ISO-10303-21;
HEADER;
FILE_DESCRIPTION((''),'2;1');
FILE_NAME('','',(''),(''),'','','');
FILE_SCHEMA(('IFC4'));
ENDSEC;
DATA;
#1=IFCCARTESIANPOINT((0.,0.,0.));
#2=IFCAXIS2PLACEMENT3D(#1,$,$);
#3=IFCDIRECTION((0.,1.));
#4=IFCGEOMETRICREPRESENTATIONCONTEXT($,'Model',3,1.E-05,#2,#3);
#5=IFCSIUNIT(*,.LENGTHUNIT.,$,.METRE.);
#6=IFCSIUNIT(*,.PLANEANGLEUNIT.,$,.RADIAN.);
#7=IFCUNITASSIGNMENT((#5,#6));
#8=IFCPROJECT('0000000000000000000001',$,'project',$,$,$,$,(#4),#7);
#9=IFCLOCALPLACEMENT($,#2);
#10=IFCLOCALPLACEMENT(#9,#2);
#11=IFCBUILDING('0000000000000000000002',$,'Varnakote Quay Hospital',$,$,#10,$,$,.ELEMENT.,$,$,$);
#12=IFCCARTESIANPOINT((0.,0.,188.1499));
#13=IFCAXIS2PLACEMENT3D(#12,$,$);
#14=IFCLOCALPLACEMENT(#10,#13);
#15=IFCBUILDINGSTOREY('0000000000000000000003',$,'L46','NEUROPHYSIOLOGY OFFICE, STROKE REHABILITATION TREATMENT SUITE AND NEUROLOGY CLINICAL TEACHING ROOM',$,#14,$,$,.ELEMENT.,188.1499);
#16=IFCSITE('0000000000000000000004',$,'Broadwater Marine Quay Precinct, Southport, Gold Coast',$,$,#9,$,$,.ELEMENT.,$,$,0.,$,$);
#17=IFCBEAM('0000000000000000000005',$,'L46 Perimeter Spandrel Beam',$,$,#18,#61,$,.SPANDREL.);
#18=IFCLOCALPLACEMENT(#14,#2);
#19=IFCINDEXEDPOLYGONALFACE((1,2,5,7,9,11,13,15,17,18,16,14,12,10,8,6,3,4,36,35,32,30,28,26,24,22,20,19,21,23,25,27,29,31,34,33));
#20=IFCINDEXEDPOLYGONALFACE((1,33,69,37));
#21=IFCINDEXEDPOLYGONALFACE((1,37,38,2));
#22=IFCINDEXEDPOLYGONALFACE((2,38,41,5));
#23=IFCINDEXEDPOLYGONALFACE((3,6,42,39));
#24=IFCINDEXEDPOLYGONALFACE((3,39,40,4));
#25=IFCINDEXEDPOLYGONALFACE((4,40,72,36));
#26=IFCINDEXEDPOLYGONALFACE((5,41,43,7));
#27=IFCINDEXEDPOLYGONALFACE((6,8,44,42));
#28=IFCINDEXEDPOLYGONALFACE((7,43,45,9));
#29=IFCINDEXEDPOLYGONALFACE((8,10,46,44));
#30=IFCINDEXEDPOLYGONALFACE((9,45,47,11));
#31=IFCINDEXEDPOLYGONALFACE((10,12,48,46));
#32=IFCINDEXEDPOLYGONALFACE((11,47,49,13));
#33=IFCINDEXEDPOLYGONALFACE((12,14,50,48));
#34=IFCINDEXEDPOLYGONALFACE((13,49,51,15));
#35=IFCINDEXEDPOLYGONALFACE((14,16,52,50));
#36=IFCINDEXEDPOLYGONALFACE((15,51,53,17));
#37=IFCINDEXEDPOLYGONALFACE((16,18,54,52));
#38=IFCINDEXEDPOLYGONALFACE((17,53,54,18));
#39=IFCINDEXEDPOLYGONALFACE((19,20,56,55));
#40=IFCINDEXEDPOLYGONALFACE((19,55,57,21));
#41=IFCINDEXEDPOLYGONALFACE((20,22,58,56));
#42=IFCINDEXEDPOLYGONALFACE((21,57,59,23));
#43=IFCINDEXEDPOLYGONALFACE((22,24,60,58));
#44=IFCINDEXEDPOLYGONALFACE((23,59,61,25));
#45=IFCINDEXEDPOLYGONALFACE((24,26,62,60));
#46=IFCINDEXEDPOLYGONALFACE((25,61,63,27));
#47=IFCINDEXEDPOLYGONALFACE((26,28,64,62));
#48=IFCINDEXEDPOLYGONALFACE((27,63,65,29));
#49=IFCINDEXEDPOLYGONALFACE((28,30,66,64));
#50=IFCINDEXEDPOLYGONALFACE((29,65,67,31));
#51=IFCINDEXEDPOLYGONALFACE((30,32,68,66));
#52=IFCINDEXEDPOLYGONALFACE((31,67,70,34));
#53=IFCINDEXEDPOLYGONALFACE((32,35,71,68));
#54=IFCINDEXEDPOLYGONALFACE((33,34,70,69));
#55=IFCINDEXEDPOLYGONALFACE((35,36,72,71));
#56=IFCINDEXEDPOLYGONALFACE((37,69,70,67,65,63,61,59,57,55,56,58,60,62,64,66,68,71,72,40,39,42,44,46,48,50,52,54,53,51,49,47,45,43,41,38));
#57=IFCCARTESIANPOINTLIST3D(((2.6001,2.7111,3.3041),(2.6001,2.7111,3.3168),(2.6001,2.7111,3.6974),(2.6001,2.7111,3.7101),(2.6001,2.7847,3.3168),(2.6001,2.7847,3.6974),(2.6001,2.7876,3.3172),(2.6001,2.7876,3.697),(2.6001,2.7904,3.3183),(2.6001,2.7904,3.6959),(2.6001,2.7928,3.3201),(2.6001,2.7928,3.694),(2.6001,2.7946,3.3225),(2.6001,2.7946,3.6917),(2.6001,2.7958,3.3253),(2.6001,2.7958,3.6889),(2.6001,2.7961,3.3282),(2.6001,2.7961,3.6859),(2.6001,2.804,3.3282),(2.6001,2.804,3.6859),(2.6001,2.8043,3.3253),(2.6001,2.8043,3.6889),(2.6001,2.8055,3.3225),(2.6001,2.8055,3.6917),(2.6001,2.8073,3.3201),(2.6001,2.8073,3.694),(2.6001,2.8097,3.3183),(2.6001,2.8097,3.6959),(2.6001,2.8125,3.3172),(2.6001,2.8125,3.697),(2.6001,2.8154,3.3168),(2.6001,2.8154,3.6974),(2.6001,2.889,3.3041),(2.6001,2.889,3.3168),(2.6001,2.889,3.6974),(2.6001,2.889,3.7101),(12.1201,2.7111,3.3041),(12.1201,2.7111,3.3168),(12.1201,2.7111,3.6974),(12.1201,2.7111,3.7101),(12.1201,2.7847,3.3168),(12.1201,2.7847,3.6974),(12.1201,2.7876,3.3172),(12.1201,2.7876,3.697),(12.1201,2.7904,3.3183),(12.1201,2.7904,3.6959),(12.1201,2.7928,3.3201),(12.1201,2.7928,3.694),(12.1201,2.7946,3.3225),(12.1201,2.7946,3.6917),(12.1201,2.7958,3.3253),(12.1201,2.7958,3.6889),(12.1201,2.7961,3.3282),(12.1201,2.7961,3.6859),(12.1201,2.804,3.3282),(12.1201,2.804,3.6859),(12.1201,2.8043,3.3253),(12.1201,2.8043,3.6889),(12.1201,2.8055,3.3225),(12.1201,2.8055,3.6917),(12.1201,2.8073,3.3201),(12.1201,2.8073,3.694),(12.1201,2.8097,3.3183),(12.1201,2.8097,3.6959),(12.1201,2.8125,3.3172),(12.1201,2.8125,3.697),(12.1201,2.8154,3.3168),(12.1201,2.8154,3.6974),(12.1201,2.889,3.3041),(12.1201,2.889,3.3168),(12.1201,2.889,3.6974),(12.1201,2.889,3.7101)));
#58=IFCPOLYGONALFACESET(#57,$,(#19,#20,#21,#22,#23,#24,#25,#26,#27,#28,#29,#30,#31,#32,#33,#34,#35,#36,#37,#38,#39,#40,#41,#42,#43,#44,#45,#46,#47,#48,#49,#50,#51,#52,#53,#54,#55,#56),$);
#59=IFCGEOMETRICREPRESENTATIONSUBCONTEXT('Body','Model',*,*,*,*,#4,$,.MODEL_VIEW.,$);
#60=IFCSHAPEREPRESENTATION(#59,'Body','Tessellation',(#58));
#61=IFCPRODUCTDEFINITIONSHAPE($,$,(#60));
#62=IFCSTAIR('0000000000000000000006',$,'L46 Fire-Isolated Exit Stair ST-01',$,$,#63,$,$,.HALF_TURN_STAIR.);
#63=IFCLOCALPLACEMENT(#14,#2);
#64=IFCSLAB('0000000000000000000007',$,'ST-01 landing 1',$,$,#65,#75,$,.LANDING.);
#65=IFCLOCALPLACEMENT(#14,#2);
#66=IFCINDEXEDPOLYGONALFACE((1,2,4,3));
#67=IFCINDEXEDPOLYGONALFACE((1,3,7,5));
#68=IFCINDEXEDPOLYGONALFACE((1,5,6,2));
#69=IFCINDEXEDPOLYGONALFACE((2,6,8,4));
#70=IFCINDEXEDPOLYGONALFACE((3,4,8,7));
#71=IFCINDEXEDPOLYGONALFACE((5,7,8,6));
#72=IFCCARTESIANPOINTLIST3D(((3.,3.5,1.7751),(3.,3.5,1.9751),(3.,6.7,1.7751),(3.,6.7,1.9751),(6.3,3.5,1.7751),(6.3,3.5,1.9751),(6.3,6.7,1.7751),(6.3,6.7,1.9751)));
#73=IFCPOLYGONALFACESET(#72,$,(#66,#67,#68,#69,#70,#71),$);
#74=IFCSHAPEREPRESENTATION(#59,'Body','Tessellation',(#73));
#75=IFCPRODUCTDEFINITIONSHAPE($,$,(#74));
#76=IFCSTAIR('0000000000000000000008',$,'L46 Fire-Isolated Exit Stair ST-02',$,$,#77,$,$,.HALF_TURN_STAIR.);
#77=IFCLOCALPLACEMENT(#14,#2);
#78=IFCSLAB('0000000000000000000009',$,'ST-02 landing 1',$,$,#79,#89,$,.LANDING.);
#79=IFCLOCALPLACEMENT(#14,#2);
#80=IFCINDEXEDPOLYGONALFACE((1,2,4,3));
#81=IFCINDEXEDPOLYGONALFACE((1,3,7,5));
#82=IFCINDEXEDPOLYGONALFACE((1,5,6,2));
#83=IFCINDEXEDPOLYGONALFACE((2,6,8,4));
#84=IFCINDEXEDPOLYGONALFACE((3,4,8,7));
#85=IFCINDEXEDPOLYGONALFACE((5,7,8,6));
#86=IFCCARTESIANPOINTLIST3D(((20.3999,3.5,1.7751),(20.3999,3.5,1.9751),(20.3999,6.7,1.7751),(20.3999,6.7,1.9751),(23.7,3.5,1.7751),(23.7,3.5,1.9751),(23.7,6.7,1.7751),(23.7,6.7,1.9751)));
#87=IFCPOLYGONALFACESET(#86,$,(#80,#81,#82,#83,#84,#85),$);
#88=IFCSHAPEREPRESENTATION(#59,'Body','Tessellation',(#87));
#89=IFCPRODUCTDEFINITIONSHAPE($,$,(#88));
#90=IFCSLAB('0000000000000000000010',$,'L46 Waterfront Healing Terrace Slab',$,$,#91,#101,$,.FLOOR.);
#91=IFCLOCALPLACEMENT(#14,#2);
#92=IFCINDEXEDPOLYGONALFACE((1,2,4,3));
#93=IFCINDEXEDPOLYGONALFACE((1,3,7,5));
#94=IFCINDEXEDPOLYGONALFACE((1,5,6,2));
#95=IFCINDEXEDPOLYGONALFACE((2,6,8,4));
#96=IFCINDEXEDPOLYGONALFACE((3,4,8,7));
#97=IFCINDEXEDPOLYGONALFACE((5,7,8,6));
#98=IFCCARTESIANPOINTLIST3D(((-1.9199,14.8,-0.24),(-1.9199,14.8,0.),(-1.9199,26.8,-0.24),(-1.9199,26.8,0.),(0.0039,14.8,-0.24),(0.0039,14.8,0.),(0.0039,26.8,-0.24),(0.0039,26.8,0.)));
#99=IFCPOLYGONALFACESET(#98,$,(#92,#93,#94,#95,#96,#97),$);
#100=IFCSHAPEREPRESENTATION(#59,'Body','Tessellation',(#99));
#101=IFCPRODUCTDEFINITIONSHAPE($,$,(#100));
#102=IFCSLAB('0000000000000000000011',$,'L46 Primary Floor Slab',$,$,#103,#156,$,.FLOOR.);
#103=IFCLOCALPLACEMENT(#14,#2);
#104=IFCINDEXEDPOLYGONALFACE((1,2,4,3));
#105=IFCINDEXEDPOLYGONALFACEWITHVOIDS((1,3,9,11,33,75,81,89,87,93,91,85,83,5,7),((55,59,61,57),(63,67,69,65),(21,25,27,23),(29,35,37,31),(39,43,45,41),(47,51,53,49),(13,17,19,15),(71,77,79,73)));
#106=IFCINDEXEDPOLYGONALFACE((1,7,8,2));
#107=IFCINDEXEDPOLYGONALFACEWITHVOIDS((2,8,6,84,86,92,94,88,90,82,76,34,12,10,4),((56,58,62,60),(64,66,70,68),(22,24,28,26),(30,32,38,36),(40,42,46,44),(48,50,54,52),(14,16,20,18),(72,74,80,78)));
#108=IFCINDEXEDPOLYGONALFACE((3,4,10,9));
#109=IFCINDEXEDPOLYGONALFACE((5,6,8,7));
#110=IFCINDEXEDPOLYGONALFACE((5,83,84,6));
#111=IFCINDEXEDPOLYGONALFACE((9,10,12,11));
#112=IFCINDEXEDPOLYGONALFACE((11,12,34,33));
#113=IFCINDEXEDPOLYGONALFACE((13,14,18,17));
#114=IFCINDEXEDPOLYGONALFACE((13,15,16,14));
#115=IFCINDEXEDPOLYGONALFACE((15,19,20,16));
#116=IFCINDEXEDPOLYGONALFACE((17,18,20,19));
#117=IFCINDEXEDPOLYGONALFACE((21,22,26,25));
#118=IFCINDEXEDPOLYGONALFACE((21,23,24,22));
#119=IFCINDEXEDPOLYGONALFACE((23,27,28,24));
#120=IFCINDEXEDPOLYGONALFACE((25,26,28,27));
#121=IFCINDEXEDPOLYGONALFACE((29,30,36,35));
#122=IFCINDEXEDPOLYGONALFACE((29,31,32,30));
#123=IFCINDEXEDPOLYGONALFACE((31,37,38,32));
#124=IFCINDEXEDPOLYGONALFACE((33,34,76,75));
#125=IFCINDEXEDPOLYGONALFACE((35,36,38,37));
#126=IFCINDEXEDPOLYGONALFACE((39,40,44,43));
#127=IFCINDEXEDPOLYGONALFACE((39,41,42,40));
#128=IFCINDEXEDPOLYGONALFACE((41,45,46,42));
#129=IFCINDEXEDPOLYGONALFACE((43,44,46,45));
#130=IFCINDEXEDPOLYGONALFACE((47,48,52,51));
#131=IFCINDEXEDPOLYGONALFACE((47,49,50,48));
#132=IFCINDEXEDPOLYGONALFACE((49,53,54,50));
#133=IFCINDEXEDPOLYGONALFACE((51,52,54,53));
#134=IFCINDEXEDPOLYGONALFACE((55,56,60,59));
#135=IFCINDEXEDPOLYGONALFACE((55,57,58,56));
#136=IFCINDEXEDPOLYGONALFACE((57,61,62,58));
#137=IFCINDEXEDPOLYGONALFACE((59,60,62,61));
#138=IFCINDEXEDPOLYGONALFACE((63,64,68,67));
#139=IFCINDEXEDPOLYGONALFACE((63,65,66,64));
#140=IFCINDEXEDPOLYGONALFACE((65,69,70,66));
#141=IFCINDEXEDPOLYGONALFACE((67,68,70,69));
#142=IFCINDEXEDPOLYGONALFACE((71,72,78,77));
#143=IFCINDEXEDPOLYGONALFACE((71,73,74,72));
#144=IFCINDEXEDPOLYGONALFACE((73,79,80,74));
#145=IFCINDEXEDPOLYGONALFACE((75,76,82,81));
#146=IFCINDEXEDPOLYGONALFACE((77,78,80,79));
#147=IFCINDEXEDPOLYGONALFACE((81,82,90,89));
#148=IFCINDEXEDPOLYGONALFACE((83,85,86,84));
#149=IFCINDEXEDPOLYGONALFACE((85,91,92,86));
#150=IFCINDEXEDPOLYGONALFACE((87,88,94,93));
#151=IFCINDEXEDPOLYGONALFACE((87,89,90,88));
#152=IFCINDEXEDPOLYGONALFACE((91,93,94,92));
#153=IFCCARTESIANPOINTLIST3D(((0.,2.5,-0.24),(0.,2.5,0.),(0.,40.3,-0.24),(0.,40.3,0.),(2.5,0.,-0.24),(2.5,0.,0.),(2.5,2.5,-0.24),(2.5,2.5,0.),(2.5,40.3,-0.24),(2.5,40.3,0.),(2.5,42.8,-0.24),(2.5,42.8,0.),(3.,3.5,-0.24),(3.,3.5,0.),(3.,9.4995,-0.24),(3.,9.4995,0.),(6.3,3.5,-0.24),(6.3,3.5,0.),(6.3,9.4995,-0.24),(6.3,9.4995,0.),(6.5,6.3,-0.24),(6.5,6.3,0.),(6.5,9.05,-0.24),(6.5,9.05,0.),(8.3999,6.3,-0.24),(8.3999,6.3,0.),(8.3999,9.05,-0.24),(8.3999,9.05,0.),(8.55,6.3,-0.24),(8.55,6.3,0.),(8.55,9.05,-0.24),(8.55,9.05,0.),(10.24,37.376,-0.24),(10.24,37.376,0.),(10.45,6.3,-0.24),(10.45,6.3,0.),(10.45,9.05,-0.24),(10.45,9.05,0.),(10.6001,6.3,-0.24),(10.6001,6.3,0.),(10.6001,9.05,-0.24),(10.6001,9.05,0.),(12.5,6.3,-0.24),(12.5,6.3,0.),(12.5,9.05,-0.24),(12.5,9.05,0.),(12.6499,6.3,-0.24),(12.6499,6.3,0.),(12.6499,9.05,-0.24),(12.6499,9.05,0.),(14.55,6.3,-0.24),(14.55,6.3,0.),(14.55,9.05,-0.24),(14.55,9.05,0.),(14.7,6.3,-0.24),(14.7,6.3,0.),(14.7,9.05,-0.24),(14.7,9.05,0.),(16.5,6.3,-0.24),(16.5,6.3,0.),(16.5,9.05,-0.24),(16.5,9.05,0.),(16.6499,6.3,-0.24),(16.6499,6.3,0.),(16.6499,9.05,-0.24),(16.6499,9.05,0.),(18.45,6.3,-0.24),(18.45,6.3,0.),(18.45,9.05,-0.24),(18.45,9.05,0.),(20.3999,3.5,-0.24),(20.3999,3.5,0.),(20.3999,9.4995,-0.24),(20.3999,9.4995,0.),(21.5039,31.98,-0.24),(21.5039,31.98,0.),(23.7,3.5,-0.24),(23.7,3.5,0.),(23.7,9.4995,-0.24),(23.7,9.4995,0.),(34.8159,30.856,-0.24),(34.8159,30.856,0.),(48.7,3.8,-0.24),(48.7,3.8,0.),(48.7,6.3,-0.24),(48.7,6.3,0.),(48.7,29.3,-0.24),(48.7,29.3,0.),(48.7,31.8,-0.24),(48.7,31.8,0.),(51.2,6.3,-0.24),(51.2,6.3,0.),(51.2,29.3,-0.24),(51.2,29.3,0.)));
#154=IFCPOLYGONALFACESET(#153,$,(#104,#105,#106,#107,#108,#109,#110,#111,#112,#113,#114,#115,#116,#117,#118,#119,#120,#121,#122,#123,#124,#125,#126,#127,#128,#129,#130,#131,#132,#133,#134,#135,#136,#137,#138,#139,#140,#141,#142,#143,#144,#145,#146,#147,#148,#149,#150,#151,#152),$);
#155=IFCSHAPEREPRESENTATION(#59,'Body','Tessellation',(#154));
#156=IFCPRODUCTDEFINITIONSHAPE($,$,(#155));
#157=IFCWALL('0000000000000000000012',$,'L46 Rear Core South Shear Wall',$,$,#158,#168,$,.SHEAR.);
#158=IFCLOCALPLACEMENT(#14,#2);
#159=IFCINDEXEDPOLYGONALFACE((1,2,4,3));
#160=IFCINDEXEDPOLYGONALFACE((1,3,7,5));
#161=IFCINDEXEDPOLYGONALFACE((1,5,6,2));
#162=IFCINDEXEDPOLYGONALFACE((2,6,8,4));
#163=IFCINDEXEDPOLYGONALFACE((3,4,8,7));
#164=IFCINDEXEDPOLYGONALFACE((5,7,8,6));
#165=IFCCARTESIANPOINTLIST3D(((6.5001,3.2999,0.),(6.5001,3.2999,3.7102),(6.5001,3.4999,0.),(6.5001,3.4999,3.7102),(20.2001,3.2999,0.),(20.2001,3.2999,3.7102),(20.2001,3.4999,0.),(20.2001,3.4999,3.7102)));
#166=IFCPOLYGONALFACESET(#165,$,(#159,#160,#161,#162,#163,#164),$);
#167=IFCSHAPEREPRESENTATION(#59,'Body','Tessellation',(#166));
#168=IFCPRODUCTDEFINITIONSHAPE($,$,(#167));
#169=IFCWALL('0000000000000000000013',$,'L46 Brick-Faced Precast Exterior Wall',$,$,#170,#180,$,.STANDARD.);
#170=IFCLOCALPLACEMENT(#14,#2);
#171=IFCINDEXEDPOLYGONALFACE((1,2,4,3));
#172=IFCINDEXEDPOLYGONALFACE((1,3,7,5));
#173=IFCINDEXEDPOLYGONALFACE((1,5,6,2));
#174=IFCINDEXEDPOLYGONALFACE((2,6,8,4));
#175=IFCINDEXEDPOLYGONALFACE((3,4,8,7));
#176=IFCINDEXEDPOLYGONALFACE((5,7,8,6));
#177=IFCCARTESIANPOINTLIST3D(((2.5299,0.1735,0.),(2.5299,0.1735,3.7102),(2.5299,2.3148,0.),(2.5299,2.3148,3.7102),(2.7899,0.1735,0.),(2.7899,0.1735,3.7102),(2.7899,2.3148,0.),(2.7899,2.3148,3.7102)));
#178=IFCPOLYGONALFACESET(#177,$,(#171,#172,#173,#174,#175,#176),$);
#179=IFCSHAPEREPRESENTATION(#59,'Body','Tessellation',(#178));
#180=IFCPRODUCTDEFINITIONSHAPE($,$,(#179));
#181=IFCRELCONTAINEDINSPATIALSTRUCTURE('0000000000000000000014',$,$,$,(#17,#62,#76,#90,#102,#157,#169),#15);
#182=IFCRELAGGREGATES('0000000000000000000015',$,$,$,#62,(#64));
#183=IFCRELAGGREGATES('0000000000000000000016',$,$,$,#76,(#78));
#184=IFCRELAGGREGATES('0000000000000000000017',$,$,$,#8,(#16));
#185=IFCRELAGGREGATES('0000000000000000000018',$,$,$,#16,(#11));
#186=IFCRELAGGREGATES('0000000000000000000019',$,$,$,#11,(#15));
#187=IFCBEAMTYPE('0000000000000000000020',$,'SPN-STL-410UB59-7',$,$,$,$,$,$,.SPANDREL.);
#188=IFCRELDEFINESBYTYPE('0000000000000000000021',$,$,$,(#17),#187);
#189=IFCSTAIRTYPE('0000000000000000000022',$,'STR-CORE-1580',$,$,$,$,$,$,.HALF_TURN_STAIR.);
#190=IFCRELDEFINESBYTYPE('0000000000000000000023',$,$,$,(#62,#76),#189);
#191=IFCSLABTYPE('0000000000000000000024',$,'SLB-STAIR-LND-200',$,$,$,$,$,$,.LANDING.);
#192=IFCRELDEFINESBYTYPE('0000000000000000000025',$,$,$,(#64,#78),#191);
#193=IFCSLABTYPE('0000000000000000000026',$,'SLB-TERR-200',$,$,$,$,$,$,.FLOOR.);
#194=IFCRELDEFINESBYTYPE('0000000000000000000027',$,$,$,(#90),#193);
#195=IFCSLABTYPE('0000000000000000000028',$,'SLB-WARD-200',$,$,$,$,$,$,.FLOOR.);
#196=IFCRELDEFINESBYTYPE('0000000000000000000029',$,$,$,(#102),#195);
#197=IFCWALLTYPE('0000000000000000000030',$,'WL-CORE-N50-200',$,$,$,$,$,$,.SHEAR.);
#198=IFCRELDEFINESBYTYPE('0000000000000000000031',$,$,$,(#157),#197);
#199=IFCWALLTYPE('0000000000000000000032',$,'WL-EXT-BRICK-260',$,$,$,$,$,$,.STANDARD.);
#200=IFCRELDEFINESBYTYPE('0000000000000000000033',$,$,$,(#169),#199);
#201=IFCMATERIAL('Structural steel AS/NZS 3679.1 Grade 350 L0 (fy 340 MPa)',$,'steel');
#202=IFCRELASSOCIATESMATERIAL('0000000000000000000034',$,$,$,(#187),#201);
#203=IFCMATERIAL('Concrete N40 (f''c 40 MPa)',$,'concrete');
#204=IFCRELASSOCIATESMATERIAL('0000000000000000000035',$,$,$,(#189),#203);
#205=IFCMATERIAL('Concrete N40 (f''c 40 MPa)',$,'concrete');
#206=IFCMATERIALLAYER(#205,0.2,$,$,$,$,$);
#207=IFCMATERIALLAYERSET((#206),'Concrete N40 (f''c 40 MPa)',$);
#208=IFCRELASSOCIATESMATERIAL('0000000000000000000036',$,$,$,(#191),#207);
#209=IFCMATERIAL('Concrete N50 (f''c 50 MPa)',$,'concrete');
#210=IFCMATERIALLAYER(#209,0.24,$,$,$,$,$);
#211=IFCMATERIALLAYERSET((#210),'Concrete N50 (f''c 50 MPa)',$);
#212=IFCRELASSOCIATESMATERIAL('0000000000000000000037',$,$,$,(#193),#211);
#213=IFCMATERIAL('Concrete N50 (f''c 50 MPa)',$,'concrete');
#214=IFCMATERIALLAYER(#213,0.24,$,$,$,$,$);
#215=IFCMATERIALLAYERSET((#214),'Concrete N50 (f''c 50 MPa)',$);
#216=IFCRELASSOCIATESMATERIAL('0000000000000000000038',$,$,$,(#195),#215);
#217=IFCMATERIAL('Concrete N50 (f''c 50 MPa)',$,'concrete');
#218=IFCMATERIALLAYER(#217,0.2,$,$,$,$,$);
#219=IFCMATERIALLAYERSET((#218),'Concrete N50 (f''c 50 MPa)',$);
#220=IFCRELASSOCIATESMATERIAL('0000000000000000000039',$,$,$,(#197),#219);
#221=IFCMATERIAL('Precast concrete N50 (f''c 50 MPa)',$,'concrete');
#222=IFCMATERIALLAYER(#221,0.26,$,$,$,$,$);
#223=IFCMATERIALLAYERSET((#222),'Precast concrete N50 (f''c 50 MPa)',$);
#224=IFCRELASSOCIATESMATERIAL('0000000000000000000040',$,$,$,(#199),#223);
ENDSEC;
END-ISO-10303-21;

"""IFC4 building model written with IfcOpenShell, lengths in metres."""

from ifc_helpers import new_model, si_unit, direction, frame, frame_2d, origin, origin_2d, place, context, subcontext, project, spatial, polyline, rectangle, i_section, outline, extrude, material, layer, layer_set, material_profile, profile_set, type_object, element, aggregate, save


model = new_model("IFC4")

# Units and contexts
model_context = context("Model", 3, precision=1e-05, world=origin(), true_north=direction((0.0, 1.0)))
body_context = subcontext(model_context, "Body", "Model", "MODEL_VIEW")
ifc_project = project(units=[si_unit("LENGTHUNIT", "METRE"), si_unit("PLANEANGLEUNIT", "RADIAN")], contexts=[model_context])

# Site, building, storey
site_placement = place(None, origin())
site = spatial("IfcSite", under=ifc_project, at=site_placement, Name="Broadwater Marine Quay Precinct, Southport, Gold Coast", CompositionType="ELEMENT", RefElevation=0.0)
building_placement = place(site_placement, origin())
building = spatial("IfcBuilding", under=site, at=building_placement, Name="Varnakote Quay Hospital", CompositionType="ELEMENT")
storey_placement = place(building_placement, frame((0.0, 0.0, 188.1499)))
storey = spatial("IfcBuildingStorey", under=building, at=storey_placement, Name="L46", Description="NEUROPHYSIOLOGY OFFICE, STROKE REHABILITATION TREATMENT SUITE AND NEUROLOGY CLINICAL TEACHING ROOM", CompositionType="ELEMENT", Elevation=188.1499)

# Beam
ifc_material_1 = material(Name="Structural steel AS/NZS 3679.1 Grade 350 L0 (fy 340 MPa)", Category="steel")
ifc_material_profile_1 = material_profile(ifc_material_1, i_section(OverallWidth=0.178, OverallDepth=0.406, WebThickness=0.0078, FlangeThickness=0.0127, FilletRadius=0.0115, at=origin_2d()), Name="410UB59.7")
ifc_profile_set_1 = profile_set([ifc_material_profile_1], Name="Structural steel AS/NZS 3679.1 Grade 350 L0 (fy 340 MPa)")
beam_type_1 = type_object("IfcBeamType", Name="SPN-STL-410UB59-7", PredefinedType="SPANDREL", material=ifc_profile_set_1)
beam_1_placement = place(storey_placement, frame((2.6001, 2.8, 3.5071), z_axis=(1.0, 0.0, 0.0), x_axis=(0.0, 1.0, 0.0)))
element("IfcBeam", 1, at=beam_1_placement, inside=storey, type_object=beam_type_1, Name="L46 Perimeter Spandrel Beam", PredefinedType="SPANDREL", context=body_context, shape_type="SweptSolid", body=[
    extrude(i_section(OverallWidth=0.178, OverallDepth=0.406, WebThickness=0.0078, FlangeThickness=0.0127, FilletRadius=0.0115, at=origin_2d()), origin(), (0.0, 0.0, 1.0), 9.52),
])

# Stairs, slabs
ifc_material_2 = material(Name="Concrete N40 (f'c 40 MPa)", Category="concrete")
stair_type = type_object("IfcStairType", Name="STR-CORE-1580", PredefinedType="HALF_TURN_STAIR", material=ifc_material_2)
stair_1_placement = place(storey_placement, origin())
stair_1 = element("IfcStair", 2, at=stair_1_placement, inside=storey, type_object=stair_type, Name="L46 Fire-Isolated Exit Stair ST-01", PredefinedType="HALF_TURN_STAIR")
ifc_material_3 = material(Name="Concrete N40 (f'c 40 MPa)", Category="concrete")
ifc_layer_1 = layer(ifc_material_3, 0.2)
ifc_layer_set_1 = layer_set([ifc_layer_1], Name="Concrete N40 (f'c 40 MPa)")
slab_type_1 = type_object("IfcSlabType", Name="SLB-STAIR-LND-200", PredefinedType="LANDING", material=ifc_layer_set_1)
slab_1_placement = place(storey_placement, frame((0.0, 0.0, 1.7751)))
slab_1 = element("IfcSlab", 3, at=slab_1_placement, type_object=slab_type_1, Name="ST-01 landing 1", PredefinedType="LANDING", context=body_context, shape_type="SweptSolid", body=[
    extrude(outline(polyline([(3.0, 6.7), (3.0, 3.5), (6.3, 3.5), (6.3, 6.7), (3.0, 6.7)])), origin(), (0.0, 0.0, 1.0), 0.2),
])
aggregate(stair_1, [slab_1])
stair_2_placement = place(storey_placement, origin())
stair_2 = element("IfcStair", 4, at=stair_2_placement, inside=storey, type_object=stair_type, Name="L46 Fire-Isolated Exit Stair ST-02", PredefinedType="HALF_TURN_STAIR")
slab_2_placement = place(storey_placement, frame((0.0, 0.0, 1.7751)))
slab_2 = element("IfcSlab", 5, at=slab_2_placement, type_object=slab_type_1, Name="ST-02 landing 1", PredefinedType="LANDING", context=body_context, shape_type="SweptSolid", body=[
    extrude(outline(polyline([(20.3999, 6.7), (20.3999, 3.5), (23.7, 3.5), (23.7, 6.7), (20.3999, 6.7)])), origin(), (0.0, 0.0, 1.0), 0.2),
])
aggregate(stair_2, [slab_2])

# Slabs
ifc_material_4 = material(Name="Concrete N50 (f'c 50 MPa)", Category="concrete")
ifc_layer_2 = layer(ifc_material_4, 0.24)
ifc_layer_set_2 = layer_set([ifc_layer_2], Name="Concrete N50 (f'c 50 MPa)")
slab_type_2 = type_object("IfcSlabType", Name="SLB-TERR-200", PredefinedType="FLOOR", material=ifc_layer_set_2)
slab_3_placement = place(storey_placement, frame((0.0, 0.0, -0.24)))
element("IfcSlab", 6, at=slab_3_placement, inside=storey, type_object=slab_type_2, Name="L46 Waterfront Healing Terrace Slab", PredefinedType="FLOOR", context=body_context, shape_type="SweptSolid", body=[
    extrude(outline(polyline([(0.0039, 14.8), (0.0039, 26.8), (-1.9199, 26.8), (-1.9199, 14.8), (0.0039, 14.8)])), origin(), (0.0, 0.0, 1.0), 0.24),
])
ifc_material_5 = material(Name="Concrete N50 (f'c 50 MPa)", Category="concrete")
ifc_layer_3 = layer(ifc_material_5, 0.24)
ifc_layer_set_3 = layer_set([ifc_layer_3], Name="Concrete N50 (f'c 50 MPa)")
slab_type_3 = type_object("IfcSlabType", Name="SLB-WARD-200", PredefinedType="FLOOR", material=ifc_layer_set_3)
slab_4_placement = place(storey_placement, frame((0.0, 0.0, -0.24)))
element("IfcSlab", 7, at=slab_4_placement, inside=storey, type_object=slab_type_3, Name="L46 Primary Floor Slab", PredefinedType="FLOOR", context=body_context, shape_type="SweptSolid", body=[
    extrude(outline(polyline([(0.0, 2.5), (2.5, 2.5), (2.5, 0.0), (48.7, 3.8), (48.7, 6.3), (51.2, 6.3), (51.2, 29.3), (48.7, 29.3), (48.7, 31.8), (34.8159, 30.856), (21.5039, 31.98), (10.24, 37.376), (2.5, 42.8), (2.5, 40.3), (0.0, 40.3), (0.0, 2.5)]), holes=[polyline([(3.0, 3.5), (6.3, 3.5), (6.3, 9.4995), (3.0, 9.4995), (3.0, 3.5)]), polyline([(20.3999, 3.5), (23.7, 3.5), (23.7, 9.4995), (20.3999, 9.4995), (20.3999, 3.5)]), polyline([(6.5, 6.3), (8.3999, 6.3), (8.3999, 9.05), (6.5, 9.05), (6.5, 6.3)]), polyline([(8.55, 6.3), (10.45, 6.3), (10.45, 9.05), (8.55, 9.05), (8.55, 6.3)]), polyline([(10.6001, 6.3), (12.5, 6.3), (12.5, 9.05), (10.6001, 9.05), (10.6001, 6.3)]), polyline([(12.6499, 6.3), (14.55, 6.3), (14.55, 9.05), (12.6499, 9.05), (12.6499, 6.3)]), polyline([(14.7, 6.3), (16.5, 6.3), (16.5, 9.05), (14.7, 9.05), (14.7, 6.3)]), polyline([(16.6499, 6.3), (18.45, 6.3), (18.45, 9.05), (16.6499, 9.05), (16.6499, 6.3)])]), origin(), (0.0, 0.0, 1.0), 0.24),
])

# Walls
ifc_material_6 = material(Name="Concrete N50 (f'c 50 MPa)", Category="concrete")
ifc_layer_4 = layer(ifc_material_6, 0.2)
ifc_layer_set_4 = layer_set([ifc_layer_4], Name="Concrete N50 (f'c 50 MPa)")
wall_type_1 = type_object("IfcWallType", Name="WL-CORE-N50-200", PredefinedType="SHEAR", material=ifc_layer_set_4)
wall_1_placement = place(storey_placement, frame((6.5, 3.3999, 0.0), z_axis=(0.0, 0.0, 1.0), x_axis=(1.0, 0.0, 0.0)))
element("IfcWall", 8, at=wall_1_placement, inside=storey, type_object=wall_type_1, Name="L46 Rear Core South Shear Wall", PredefinedType="SHEAR", context=body_context, shape_type="SweptSolid", body=[
    extrude(rectangle(XDim=13.7, YDim=0.2, at=frame_2d((6.8501, 0.0))), origin(), (0.0, 0.0, 1.0), 3.7102),
])
ifc_material_7 = material(Name="Precast concrete N50 (f'c 50 MPa)", Category="concrete")
ifc_layer_5 = layer(ifc_material_7, 0.26)
ifc_layer_set_5 = layer_set([ifc_layer_5], Name="Precast concrete N50 (f'c 50 MPa)")
wall_type_2 = type_object("IfcWallType", Name="WL-EXT-BRICK-260", PredefinedType="STANDARD", material=ifc_layer_set_5)
wall_2_placement = place(storey_placement, frame((2.6599, 2.3149, 0.0), z_axis=(0.0, 0.0, 1.0), x_axis=(0.0, -1.0, 0.0)))
element("IfcWall", 9, at=wall_2_placement, inside=storey, type_object=wall_type_2, Name="L46 Brick-Faced Precast Exterior Wall", PredefinedType="STANDARD", context=body_context, shape_type="SweptSolid", body=[
    extrude(rectangle(XDim=2.1414, YDim=0.26, at=frame_2d((1.0708, 0.0))), origin(), (0.0, 0.0, 1.0), 3.7102),
])

save(model, "model.ifc")
